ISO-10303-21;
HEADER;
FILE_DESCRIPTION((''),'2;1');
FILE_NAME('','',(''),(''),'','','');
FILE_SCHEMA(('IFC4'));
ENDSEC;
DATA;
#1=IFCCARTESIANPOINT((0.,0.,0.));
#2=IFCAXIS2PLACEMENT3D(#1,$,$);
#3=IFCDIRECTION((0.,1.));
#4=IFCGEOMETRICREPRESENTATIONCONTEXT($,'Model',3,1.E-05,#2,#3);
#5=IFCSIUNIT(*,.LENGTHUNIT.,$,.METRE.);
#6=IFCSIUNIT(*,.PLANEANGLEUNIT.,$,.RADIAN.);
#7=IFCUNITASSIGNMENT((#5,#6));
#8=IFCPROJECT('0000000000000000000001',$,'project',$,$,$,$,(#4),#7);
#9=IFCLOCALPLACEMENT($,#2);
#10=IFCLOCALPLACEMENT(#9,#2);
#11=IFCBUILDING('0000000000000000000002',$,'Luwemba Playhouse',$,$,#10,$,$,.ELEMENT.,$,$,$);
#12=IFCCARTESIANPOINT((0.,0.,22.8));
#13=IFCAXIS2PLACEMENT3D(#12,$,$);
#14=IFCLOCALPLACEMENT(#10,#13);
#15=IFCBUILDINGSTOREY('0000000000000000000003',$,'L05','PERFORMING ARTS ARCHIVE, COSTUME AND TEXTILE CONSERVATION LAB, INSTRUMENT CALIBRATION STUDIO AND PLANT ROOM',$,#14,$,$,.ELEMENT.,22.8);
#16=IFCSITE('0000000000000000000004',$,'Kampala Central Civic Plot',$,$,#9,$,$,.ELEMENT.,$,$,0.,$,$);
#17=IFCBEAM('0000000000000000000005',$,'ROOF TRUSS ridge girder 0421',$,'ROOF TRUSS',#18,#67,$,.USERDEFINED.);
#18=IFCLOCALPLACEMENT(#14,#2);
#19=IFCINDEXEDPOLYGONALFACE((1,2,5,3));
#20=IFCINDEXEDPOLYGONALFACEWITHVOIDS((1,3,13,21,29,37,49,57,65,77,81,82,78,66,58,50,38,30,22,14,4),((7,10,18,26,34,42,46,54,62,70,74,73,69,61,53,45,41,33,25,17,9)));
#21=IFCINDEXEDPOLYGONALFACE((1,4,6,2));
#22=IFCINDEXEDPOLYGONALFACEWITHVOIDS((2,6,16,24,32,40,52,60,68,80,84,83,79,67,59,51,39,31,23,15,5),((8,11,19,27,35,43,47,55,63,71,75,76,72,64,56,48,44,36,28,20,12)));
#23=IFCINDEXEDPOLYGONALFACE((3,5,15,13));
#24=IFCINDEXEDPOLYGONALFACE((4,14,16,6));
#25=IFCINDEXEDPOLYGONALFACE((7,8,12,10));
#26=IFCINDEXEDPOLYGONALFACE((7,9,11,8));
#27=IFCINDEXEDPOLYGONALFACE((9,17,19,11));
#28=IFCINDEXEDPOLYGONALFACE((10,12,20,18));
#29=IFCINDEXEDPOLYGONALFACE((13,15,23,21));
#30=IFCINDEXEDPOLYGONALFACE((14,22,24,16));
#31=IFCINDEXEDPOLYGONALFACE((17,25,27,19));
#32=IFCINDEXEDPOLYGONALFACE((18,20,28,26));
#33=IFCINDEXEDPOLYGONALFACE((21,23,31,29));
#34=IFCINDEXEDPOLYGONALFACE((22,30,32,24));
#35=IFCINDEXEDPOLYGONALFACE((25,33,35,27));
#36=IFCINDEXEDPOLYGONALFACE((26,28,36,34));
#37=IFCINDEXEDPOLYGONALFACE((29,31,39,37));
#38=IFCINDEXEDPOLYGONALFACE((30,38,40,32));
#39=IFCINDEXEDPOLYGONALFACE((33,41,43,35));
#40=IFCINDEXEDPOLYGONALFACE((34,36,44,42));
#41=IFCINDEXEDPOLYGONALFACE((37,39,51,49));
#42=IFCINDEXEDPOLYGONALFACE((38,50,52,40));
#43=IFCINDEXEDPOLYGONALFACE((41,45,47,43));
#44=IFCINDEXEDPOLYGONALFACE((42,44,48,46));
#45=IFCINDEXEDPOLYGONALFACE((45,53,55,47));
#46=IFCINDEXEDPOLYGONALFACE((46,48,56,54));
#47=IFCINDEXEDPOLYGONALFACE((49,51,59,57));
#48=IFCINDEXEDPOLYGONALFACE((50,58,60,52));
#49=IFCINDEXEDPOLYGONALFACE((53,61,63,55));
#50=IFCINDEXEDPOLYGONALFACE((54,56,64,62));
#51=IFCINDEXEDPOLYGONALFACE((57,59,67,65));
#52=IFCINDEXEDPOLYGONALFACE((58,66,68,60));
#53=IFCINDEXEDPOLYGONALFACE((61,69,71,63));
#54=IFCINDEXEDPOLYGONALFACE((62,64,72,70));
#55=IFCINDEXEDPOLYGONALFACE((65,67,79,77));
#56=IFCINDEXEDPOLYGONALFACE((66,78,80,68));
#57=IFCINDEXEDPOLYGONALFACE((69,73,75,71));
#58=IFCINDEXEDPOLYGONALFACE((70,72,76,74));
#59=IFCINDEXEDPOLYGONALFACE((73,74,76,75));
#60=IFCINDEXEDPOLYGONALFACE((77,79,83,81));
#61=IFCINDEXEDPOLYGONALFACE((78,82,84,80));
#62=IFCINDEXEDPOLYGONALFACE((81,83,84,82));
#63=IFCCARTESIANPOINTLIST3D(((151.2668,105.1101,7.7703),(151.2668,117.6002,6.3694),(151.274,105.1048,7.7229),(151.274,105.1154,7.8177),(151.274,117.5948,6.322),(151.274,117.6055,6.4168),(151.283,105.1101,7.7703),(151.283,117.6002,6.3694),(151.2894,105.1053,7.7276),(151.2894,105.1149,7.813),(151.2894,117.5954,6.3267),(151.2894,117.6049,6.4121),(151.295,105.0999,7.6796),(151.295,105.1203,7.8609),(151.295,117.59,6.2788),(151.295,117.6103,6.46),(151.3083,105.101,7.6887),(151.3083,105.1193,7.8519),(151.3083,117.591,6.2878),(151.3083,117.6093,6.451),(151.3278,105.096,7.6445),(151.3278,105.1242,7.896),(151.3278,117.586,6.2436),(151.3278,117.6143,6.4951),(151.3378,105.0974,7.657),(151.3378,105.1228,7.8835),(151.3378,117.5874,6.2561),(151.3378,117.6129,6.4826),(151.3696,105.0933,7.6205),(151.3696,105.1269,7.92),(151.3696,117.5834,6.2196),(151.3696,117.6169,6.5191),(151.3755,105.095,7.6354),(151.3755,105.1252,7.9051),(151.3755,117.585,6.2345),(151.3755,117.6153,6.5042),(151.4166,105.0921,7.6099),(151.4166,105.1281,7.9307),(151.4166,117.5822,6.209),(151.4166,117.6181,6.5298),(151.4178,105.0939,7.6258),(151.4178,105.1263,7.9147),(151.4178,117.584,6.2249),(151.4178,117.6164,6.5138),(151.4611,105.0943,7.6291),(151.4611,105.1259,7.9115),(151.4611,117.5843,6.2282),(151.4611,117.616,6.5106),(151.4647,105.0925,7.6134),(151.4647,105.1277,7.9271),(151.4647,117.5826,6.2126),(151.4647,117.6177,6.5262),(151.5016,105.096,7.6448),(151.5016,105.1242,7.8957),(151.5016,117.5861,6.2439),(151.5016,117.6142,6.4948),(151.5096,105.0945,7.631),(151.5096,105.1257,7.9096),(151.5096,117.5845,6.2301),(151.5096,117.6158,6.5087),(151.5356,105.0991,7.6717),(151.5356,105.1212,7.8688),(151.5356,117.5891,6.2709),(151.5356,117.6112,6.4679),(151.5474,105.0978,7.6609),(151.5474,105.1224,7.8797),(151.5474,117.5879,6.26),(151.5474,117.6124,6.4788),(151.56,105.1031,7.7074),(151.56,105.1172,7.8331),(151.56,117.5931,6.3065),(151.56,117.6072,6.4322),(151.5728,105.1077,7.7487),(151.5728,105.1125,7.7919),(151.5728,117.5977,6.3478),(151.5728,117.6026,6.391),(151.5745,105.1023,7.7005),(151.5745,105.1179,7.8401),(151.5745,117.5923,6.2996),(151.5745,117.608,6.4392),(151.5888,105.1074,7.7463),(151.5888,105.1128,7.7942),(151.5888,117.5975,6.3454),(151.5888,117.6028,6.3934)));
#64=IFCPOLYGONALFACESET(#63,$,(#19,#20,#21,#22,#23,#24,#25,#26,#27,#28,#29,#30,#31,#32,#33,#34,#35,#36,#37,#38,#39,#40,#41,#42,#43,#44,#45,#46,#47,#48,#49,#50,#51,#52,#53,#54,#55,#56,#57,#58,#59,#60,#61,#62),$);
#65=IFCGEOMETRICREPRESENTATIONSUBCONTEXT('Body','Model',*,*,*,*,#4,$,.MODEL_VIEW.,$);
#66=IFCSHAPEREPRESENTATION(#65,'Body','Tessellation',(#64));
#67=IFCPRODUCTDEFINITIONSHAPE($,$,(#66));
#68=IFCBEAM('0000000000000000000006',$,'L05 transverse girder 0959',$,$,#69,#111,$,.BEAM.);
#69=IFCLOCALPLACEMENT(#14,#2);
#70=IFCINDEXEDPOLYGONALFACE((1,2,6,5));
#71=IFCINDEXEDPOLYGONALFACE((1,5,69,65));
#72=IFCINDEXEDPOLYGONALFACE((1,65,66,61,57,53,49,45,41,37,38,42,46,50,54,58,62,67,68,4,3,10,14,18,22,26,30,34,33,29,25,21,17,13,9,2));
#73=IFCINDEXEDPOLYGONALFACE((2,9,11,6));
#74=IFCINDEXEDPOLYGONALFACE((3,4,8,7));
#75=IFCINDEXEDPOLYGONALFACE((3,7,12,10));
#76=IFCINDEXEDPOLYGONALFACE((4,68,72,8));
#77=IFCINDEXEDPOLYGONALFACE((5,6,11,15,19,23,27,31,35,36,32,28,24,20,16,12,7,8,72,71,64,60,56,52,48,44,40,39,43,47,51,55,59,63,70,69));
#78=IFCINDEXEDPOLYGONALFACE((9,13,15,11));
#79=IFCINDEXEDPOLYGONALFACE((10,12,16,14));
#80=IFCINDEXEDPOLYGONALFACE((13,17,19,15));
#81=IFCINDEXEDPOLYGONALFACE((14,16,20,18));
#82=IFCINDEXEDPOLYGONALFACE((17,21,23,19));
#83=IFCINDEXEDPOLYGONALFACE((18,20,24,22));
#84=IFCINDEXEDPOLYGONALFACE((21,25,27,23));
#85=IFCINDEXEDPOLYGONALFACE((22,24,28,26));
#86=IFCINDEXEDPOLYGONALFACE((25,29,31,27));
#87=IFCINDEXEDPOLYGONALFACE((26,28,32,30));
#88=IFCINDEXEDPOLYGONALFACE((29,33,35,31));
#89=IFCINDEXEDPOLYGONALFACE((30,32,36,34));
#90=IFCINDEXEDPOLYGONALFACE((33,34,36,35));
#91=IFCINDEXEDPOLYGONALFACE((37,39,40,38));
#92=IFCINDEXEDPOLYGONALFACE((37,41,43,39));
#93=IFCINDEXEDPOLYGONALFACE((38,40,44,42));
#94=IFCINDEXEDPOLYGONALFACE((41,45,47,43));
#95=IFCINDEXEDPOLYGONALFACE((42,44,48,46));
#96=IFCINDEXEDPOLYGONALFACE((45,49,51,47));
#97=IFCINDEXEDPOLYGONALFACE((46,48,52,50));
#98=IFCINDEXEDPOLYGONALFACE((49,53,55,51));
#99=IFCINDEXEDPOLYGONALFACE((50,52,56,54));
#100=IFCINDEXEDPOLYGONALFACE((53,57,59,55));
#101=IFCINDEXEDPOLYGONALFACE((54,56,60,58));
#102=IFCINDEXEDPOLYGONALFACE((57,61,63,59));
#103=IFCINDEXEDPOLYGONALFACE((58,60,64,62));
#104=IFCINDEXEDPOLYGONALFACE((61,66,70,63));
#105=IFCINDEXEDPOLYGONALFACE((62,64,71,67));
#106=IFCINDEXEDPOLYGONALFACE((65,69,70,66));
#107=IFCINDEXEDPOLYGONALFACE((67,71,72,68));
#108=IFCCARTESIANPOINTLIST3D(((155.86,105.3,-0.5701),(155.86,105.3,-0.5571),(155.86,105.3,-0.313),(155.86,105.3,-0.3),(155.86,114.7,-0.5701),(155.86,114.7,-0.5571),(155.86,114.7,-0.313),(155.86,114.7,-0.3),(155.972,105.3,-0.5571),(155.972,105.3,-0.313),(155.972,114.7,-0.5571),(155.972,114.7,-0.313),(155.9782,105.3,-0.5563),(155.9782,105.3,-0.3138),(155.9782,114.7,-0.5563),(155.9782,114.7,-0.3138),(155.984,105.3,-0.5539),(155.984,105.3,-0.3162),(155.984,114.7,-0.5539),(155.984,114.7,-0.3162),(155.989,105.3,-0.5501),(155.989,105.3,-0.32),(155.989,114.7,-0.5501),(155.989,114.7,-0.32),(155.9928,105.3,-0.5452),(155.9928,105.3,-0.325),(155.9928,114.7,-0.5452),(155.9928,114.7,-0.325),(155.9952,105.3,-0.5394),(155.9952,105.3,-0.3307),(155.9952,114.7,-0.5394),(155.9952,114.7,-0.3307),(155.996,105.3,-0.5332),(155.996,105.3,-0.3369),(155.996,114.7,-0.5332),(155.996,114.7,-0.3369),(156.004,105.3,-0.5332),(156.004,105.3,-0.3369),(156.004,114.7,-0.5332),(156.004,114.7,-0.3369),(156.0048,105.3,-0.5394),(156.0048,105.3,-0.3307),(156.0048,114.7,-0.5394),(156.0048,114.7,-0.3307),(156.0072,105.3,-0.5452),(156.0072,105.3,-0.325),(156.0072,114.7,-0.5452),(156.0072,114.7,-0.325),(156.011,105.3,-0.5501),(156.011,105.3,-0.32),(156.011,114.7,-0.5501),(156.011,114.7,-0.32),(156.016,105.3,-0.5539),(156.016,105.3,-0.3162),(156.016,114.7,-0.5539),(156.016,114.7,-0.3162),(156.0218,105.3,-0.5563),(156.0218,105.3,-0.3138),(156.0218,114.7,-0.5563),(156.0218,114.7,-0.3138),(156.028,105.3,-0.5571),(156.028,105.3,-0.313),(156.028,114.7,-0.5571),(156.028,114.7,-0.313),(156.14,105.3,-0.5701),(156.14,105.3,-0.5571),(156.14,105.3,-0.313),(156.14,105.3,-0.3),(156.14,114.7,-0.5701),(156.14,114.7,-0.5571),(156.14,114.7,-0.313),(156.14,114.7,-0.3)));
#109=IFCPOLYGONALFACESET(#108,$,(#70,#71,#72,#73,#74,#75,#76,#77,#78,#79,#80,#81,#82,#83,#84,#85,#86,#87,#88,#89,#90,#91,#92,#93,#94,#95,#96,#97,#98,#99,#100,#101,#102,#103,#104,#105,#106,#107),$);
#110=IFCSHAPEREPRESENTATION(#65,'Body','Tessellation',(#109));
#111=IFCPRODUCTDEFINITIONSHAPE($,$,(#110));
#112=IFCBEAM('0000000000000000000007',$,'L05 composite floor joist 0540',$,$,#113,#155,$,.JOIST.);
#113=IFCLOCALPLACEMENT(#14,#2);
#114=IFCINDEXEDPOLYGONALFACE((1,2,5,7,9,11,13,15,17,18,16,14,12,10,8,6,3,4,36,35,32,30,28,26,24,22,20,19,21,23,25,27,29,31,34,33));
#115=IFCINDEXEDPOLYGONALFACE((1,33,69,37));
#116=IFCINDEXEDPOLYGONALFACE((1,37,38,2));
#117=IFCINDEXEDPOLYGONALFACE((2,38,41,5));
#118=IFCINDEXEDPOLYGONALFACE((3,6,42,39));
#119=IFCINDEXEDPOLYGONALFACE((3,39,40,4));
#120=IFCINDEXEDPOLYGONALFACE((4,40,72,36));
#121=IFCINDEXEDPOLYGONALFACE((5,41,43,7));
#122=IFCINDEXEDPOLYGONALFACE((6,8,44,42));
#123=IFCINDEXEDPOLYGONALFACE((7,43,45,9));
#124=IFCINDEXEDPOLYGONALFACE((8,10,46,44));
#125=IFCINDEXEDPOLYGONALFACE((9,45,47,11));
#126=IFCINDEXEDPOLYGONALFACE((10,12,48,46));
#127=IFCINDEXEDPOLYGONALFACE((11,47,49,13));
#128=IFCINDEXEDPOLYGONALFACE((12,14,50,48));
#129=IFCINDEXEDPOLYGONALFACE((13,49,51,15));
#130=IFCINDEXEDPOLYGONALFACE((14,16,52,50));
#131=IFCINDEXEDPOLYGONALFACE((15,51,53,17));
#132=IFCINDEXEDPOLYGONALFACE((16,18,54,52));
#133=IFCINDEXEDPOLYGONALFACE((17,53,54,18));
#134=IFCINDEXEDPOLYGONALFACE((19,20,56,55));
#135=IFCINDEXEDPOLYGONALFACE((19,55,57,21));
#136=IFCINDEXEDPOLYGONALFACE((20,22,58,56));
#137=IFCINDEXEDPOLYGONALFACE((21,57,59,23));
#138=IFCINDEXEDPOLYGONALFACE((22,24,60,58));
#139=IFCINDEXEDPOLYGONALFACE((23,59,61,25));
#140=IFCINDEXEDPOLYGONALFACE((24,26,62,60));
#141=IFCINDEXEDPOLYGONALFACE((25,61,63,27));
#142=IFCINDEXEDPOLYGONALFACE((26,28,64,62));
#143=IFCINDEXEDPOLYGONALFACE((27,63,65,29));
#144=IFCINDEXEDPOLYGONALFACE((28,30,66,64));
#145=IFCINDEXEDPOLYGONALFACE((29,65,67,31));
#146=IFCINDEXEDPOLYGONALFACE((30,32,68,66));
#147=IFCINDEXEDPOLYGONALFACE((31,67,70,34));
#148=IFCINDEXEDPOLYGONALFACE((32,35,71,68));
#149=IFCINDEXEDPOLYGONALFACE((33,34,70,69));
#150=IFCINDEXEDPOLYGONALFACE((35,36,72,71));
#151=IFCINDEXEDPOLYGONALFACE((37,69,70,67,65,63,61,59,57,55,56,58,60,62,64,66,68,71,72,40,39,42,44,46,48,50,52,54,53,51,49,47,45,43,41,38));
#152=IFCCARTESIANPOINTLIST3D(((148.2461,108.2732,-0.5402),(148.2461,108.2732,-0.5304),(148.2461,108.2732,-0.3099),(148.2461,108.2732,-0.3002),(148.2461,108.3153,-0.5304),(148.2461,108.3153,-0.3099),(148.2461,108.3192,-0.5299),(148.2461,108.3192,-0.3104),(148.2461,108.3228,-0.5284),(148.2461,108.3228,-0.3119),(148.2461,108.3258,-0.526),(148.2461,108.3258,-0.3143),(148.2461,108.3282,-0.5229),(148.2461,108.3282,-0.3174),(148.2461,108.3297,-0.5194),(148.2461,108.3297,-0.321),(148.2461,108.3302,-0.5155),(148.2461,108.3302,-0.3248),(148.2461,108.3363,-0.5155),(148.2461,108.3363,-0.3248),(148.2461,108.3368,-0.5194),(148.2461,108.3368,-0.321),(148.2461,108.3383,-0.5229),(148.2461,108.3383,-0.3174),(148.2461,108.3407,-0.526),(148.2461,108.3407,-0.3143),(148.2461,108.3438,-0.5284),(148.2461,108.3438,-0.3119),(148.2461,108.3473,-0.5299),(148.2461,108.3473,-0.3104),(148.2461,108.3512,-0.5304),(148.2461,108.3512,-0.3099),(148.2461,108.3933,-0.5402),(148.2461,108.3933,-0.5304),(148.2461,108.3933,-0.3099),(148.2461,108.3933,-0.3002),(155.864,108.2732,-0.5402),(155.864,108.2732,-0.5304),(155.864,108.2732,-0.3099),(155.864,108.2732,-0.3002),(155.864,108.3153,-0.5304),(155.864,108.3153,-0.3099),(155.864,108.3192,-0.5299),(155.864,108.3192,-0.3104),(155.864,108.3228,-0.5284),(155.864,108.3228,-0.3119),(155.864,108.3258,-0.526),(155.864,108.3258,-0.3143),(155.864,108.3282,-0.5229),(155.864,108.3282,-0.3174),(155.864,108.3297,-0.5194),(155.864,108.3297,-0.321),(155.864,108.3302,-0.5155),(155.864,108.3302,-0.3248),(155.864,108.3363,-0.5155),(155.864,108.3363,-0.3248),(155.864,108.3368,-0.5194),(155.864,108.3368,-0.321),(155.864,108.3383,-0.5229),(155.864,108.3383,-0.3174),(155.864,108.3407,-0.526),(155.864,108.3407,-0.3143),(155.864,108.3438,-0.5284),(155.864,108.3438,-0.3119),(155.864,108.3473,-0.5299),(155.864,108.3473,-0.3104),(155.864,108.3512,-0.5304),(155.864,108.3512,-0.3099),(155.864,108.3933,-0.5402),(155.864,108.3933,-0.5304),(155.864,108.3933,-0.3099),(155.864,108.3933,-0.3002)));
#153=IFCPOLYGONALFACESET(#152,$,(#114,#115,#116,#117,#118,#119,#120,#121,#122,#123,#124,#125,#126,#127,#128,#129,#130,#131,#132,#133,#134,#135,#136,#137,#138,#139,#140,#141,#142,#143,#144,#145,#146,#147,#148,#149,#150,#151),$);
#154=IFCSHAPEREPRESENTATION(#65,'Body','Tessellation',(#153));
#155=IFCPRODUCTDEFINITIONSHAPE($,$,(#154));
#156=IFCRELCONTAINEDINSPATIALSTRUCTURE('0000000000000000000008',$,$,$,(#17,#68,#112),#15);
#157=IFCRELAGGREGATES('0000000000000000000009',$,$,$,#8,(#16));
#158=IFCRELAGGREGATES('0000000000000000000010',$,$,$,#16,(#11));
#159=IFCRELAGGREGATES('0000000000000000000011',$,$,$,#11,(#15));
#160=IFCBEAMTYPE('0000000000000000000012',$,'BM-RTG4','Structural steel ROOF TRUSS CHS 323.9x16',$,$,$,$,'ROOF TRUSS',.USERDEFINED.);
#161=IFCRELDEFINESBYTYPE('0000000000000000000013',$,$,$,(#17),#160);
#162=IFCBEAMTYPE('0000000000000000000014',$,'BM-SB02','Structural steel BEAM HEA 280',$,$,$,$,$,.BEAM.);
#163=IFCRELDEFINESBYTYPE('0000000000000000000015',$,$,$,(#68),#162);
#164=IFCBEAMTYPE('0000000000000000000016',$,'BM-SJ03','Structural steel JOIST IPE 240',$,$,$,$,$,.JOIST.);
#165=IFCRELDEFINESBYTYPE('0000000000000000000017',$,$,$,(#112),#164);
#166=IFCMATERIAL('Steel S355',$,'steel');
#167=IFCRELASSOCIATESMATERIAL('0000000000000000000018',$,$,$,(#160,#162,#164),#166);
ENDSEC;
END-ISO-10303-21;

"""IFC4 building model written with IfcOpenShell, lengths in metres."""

from ifc_helpers import new_model, si_unit, direction, frame, origin, origin_2d, place, context, subcontext, project, spatial, hollow_circle, i_section, extrude, material, material_profile, profile_set, type_object, element, save


model = new_model("IFC4")

# Units and contexts
model_context = context("Model", 3, precision=1e-05, world=origin(), true_north=direction((0.0, 1.0)))
body_context = subcontext(model_context, "Body", "Model", "MODEL_VIEW")
ifc_project = project(units=[si_unit("LENGTHUNIT", "METRE"), si_unit("PLANEANGLEUNIT", "RADIAN")], contexts=[model_context])

# Site, building, storey
site_placement = place(None, origin())
site = spatial("IfcSite", under=ifc_project, at=site_placement, Name="Kampala Central Civic Plot", CompositionType="ELEMENT", RefElevation=0.0)
building_placement = place(site_placement, origin())
building = spatial("IfcBuilding", under=site, at=building_placement, Name="Luwemba Playhouse", CompositionType="ELEMENT")
storey_placement = place(building_placement, frame((0.0, 0.0, 22.8)))
storey = spatial("IfcBuildingStorey", under=building, at=storey_placement, Name="L05", Description="PERFORMING ARTS ARCHIVE, COSTUME AND TEXTILE CONSERVATION LAB, INSTRUMENT CALIBRATION STUDIO AND PLANT ROOM", CompositionType="ELEMENT", Elevation=22.8)

# Beams
ifc_material_1 = material(Name="Steel S355", Category="steel")
ifc_material_profile_1 = material_profile(ifc_material_1, hollow_circle(Radius=0.1619, WallThickness=0.0161, at=origin_2d()))
ifc_profile_set_1 = profile_set([ifc_material_profile_1], Name="Steel S355")
beam_type_1 = type_object("IfcBeamType", Name="BM-RTG4", Description="Structural steel ROOF TRUSS CHS 323.9x16", ElementType="ROOF TRUSS", PredefinedType="USERDEFINED", material=ifc_profile_set_1)
beam_1_placement = place(storey_placement, frame((151.4287, 105.1101, 7.7703), z_axis=(0.0, 0.993769, -0.111461), x_axis=(-1.0, 0.0, 0.0)))
element("IfcBeam", 1, at=beam_1_placement, inside=storey, type_object=beam_type_1, Name="ROOF TRUSS ridge girder 0421", ObjectType="ROOF TRUSS", PredefinedType="USERDEFINED", context=body_context, shape_type="SweptSolid", body=[
    extrude(hollow_circle(Radius=0.1619, WallThickness=0.0161, at=origin_2d()), origin(), (0.0, 0.0, 1.0), 12.5684),
])
ifc_material_profile_2 = material_profile(ifc_material_1, i_section(OverallWidth=0.28, OverallDepth=0.27, WebThickness=0.0081, FlangeThickness=0.0129, FilletRadius=0.0239, at=origin_2d()))
ifc_profile_set_2 = profile_set([ifc_material_profile_2], Name="Steel S355")
beam_type_2 = type_object("IfcBeamType", Name="BM-SB02", Description="Structural steel BEAM HEA 280", PredefinedType="BEAM", material=ifc_profile_set_2)
beam_2_placement = place(storey_placement, frame((156.0, 105.3, -0.4351), z_axis=(0.0, 1.0, 0.0), x_axis=(-1.0, 0.0, 0.0)))
element("IfcBeam", 2, at=beam_2_placement, inside=storey, type_object=beam_type_2, Name="L05 transverse girder 0959", PredefinedType="BEAM", context=body_context, shape_type="SweptSolid", body=[
    extrude(i_section(OverallWidth=0.28, OverallDepth=0.27, WebThickness=0.0081, FlangeThickness=0.0129, FilletRadius=0.0239, at=origin_2d()), origin(), (0.0, 0.0, 1.0), 9.3999),
])
ifc_material_profile_3 = material_profile(ifc_material_1, i_section(OverallWidth=0.1201, OverallDepth=0.24, WebThickness=0.0061, FlangeThickness=0.0098, FilletRadius=0.0149, at=origin_2d()))
ifc_profile_set_3 = profile_set([ifc_material_profile_3], Name="Steel S355")
beam_type_3 = type_object("IfcBeamType", Name="BM-SJ03", Description="Structural steel JOIST IPE 240", PredefinedType="JOIST", material=ifc_profile_set_3)
beam_3_placement = place(storey_placement, frame((148.2461, 108.3333, -0.4202), z_axis=(1.0, 0.0, 0.0), x_axis=(0.0, 1.0, 0.0)))
element("IfcBeam", 3, at=beam_3_placement, inside=storey, type_object=beam_type_3, Name="L05 composite floor joist 0540", PredefinedType="JOIST", context=body_context, shape_type="SweptSolid", body=[
    extrude(i_section(OverallWidth=0.1201, OverallDepth=0.24, WebThickness=0.0061, FlangeThickness=0.0098, FilletRadius=0.0149, at=origin_2d()), origin(), (0.0, 0.0, 1.0), 7.6179),
])

save(model, "model.ifc")
